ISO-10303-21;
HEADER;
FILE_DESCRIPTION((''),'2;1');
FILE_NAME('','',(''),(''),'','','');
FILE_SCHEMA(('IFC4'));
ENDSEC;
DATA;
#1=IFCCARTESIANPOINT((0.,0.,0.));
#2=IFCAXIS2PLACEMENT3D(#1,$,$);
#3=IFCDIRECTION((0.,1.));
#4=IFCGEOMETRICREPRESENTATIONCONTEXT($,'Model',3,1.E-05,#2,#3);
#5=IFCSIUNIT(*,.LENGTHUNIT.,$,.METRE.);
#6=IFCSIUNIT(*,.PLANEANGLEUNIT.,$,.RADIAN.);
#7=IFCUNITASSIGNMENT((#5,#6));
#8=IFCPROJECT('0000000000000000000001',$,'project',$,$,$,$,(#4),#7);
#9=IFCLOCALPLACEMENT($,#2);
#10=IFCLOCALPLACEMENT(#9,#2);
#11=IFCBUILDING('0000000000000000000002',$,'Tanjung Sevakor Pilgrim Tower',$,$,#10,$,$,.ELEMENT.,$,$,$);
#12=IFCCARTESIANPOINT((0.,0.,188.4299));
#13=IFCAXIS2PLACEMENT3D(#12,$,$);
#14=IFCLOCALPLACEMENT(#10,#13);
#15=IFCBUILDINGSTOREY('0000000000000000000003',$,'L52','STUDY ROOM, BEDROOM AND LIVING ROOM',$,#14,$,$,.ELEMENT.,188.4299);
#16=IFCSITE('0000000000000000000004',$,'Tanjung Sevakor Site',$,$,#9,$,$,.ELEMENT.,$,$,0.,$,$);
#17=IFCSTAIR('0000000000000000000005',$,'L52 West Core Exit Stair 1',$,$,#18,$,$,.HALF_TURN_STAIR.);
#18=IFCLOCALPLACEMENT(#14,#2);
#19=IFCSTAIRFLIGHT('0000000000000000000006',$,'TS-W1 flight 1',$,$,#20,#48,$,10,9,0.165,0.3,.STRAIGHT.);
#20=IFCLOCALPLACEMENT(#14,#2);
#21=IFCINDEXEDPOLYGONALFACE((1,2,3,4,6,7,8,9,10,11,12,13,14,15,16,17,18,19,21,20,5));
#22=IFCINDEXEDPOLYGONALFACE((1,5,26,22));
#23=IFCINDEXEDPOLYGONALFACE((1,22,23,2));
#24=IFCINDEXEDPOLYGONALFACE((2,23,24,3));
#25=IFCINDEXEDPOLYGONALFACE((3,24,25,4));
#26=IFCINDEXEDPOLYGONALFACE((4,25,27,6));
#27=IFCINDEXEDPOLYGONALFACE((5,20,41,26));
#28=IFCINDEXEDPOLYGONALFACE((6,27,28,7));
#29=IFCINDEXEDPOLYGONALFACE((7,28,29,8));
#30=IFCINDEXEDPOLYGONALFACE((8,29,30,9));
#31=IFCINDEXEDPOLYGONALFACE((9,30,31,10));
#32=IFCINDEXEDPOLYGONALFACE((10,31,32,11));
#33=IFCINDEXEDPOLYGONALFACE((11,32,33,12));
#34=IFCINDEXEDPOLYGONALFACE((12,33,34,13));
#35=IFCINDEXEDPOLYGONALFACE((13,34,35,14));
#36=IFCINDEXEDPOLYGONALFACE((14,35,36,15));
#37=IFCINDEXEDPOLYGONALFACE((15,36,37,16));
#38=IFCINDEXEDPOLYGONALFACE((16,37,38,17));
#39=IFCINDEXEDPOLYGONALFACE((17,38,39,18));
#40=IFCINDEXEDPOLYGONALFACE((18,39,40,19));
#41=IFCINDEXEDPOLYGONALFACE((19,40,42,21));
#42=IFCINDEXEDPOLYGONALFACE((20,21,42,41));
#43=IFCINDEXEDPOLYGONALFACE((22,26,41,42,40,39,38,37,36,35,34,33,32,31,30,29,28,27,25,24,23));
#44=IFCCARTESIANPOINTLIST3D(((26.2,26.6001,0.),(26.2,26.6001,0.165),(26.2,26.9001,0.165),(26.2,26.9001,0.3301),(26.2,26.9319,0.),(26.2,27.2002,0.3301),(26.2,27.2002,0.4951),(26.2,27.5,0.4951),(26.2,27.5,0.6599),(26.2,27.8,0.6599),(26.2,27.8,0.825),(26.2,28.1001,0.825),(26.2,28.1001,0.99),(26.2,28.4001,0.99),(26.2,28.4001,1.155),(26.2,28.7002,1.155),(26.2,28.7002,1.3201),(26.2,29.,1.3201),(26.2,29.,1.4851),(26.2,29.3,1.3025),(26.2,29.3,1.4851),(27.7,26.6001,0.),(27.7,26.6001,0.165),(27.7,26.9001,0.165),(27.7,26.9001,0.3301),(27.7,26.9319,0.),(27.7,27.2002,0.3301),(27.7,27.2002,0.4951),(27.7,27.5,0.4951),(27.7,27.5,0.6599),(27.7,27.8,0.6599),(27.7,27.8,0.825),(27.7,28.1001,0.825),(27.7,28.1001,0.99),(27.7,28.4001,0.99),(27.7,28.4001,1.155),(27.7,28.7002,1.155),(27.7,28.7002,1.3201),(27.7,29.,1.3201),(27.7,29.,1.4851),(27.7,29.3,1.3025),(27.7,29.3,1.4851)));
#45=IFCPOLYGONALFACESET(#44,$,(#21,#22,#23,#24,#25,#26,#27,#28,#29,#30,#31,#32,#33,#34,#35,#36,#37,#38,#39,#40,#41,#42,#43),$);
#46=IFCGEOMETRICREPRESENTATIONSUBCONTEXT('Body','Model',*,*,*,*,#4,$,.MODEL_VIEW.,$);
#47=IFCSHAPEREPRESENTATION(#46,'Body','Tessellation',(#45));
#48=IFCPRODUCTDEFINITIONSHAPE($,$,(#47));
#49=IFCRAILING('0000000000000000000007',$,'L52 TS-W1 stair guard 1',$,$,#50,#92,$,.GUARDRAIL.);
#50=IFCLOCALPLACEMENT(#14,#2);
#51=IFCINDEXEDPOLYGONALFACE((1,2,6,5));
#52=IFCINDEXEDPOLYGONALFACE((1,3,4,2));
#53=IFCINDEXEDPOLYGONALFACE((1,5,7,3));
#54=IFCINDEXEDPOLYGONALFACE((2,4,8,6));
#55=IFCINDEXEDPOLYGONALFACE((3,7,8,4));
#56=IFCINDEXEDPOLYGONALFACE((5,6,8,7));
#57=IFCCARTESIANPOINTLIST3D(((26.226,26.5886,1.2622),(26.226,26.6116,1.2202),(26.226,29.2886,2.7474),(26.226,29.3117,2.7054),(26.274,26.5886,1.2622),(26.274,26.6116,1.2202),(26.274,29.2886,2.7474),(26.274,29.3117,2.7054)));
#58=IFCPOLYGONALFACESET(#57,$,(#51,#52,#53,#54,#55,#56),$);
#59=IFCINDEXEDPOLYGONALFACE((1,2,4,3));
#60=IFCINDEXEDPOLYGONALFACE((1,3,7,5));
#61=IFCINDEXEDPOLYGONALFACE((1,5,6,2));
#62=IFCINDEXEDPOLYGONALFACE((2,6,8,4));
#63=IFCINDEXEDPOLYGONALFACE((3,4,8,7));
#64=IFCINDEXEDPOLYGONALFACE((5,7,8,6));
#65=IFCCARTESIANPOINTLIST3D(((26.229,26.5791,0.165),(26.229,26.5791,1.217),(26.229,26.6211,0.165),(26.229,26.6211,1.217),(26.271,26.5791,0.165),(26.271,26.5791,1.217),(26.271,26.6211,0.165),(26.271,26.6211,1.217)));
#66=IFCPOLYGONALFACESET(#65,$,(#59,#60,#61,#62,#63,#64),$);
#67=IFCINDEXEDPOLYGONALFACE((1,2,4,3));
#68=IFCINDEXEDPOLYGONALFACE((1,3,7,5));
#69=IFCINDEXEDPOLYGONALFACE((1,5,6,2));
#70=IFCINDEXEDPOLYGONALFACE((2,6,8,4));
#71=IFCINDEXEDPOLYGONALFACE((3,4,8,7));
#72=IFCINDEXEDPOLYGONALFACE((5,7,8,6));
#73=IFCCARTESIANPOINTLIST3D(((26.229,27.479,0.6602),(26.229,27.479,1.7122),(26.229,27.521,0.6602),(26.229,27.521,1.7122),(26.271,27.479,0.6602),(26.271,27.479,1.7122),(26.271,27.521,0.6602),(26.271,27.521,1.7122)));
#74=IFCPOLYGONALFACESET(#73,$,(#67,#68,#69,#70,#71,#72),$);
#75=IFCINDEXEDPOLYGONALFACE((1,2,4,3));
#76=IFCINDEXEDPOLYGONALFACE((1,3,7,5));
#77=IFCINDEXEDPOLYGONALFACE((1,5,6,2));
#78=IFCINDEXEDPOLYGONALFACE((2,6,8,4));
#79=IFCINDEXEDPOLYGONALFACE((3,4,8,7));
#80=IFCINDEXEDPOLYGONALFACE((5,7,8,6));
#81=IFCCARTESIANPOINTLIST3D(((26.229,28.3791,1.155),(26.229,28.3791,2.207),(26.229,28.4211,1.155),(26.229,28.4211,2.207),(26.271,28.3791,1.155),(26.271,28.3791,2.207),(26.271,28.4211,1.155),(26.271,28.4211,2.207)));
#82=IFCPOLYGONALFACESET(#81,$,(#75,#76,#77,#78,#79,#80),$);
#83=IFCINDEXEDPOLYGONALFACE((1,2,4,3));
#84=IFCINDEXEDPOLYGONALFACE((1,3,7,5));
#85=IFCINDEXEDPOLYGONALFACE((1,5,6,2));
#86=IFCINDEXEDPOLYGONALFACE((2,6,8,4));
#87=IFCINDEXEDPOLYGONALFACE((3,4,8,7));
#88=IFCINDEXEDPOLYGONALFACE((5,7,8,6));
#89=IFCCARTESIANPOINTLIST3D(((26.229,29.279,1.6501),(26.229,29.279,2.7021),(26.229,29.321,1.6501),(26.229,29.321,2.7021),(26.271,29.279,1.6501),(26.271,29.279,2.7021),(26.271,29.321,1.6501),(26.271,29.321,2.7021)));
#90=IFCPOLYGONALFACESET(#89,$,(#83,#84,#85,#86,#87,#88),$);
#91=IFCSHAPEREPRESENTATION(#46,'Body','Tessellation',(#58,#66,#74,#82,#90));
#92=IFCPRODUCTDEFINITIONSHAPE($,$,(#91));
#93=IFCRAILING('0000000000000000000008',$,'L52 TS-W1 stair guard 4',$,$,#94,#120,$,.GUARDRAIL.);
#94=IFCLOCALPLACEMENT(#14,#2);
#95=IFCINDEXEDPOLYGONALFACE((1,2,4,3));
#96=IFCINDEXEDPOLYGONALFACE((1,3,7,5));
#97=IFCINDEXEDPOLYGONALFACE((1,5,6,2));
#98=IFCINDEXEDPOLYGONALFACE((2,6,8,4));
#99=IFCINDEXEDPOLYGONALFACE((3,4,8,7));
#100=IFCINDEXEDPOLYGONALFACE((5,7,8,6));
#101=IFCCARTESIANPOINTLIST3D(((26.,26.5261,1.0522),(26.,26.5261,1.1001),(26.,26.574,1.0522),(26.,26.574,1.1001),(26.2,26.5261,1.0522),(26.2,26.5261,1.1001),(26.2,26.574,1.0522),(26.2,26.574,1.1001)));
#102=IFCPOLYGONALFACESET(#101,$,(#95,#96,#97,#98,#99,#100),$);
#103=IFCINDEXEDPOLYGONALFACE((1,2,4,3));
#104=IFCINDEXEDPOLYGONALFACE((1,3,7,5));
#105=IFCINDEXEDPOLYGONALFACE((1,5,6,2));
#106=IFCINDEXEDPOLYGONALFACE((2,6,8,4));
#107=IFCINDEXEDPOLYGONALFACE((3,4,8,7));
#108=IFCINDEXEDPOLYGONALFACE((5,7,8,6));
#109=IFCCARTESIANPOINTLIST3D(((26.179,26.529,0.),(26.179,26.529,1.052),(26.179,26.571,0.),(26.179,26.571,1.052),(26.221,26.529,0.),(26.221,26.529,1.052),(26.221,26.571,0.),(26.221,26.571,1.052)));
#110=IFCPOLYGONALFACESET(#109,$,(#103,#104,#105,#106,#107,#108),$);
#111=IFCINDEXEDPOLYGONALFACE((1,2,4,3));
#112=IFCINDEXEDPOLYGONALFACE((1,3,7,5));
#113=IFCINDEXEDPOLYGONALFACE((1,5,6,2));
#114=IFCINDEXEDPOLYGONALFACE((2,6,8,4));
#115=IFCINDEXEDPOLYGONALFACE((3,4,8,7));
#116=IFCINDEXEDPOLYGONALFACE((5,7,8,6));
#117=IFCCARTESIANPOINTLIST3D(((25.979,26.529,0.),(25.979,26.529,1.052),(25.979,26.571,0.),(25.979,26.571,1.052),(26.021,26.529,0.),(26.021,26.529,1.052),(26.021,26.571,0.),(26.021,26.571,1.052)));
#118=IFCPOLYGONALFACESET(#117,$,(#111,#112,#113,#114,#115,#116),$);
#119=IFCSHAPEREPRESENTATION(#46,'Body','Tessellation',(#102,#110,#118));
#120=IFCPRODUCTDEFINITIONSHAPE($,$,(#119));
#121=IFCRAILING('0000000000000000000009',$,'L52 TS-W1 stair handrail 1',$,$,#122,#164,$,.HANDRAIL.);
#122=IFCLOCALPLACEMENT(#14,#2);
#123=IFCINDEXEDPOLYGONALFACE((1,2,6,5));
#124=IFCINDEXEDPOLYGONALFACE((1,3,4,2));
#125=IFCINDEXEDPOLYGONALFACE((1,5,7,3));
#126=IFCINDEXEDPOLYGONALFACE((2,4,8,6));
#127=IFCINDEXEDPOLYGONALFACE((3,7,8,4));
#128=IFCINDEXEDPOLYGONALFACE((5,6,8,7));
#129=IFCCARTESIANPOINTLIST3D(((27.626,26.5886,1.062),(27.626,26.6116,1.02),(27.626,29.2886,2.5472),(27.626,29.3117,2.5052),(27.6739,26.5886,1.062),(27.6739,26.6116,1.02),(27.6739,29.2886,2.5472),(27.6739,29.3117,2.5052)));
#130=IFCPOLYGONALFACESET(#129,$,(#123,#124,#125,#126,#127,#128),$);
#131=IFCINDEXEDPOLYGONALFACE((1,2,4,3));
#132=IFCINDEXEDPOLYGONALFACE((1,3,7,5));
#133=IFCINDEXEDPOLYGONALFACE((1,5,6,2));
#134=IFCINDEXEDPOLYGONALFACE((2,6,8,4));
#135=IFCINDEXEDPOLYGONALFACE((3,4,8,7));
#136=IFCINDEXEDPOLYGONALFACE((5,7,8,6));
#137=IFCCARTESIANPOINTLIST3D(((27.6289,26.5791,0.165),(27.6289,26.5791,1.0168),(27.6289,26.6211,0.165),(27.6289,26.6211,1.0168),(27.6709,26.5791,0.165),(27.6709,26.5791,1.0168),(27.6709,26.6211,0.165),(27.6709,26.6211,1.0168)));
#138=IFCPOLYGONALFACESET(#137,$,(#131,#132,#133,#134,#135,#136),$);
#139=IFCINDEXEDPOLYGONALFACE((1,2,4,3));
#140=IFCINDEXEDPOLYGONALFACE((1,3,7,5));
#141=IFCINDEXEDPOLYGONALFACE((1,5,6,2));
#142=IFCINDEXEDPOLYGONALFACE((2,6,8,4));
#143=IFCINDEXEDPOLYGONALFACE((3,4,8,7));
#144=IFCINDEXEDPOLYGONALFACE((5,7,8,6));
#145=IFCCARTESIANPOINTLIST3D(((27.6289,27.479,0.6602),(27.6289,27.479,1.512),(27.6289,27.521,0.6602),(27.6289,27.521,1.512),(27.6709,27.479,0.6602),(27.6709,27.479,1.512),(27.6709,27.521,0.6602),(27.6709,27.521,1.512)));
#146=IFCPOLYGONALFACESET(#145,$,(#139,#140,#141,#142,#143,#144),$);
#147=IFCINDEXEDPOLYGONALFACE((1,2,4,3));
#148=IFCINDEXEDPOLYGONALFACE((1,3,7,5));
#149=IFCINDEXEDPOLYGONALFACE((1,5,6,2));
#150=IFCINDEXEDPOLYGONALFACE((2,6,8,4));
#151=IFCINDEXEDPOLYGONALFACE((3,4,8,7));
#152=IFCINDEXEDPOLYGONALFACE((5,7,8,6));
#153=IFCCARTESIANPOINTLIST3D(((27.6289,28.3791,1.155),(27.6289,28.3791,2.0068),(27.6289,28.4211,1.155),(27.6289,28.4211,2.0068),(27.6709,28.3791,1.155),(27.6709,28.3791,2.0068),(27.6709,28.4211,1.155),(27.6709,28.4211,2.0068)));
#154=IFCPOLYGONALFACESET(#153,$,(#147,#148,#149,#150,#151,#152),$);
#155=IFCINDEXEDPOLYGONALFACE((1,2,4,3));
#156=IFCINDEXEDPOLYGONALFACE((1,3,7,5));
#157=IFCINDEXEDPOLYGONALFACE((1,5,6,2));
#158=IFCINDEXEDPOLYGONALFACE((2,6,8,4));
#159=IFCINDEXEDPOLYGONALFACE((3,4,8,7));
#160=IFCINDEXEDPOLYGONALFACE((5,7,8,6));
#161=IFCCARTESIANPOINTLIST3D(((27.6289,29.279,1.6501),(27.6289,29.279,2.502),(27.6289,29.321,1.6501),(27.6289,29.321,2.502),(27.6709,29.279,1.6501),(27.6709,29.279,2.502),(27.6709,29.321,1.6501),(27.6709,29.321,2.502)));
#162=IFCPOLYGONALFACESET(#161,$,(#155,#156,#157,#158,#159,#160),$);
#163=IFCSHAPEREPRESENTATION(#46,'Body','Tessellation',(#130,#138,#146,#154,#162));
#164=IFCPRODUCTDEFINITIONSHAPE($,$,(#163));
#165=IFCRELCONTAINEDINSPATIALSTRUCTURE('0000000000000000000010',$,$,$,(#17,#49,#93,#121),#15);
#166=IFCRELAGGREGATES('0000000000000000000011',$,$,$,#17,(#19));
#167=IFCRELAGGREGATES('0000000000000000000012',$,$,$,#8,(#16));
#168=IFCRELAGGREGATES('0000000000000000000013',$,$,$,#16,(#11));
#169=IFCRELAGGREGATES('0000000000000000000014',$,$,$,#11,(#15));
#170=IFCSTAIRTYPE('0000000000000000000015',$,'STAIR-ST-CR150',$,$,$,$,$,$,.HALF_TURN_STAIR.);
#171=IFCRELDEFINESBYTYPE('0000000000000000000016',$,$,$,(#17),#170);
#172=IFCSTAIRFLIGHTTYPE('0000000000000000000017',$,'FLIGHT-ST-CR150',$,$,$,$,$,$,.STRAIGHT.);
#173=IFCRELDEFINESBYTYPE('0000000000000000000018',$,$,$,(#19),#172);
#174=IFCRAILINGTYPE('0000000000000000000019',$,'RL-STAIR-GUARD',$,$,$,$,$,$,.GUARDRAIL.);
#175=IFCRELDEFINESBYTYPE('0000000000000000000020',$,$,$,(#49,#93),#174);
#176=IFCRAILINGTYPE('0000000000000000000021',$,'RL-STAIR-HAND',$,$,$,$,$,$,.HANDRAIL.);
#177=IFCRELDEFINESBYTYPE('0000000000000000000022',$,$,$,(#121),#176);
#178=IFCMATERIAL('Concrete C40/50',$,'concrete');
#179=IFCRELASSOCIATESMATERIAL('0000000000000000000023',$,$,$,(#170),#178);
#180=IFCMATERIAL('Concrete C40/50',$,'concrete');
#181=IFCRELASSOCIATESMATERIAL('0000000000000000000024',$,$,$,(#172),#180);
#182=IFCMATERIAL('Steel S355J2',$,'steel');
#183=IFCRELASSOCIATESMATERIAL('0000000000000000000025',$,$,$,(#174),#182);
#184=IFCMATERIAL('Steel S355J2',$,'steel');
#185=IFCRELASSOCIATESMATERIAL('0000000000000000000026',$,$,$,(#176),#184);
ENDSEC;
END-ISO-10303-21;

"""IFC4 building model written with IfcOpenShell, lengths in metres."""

from ifc_helpers import new_model, si_unit, direction, frame, origin, place, context, subcontext, project, spatial, polyline, rectangle, outline, extrude, material, type_object, element, aggregate, save


model = new_model("IFC4")

# Units and contexts
model_context = context("Model", 3, precision=1e-05, world=origin(), true_north=direction((0.0, 1.0)))
body_context = subcontext(model_context, "Body", "Model", "MODEL_VIEW")
ifc_project = project(units=[si_unit("LENGTHUNIT", "METRE"), si_unit("PLANEANGLEUNIT", "RADIAN")], contexts=[model_context])

# Site, building, storey
site_placement = place(None, origin())
site = spatial("IfcSite", under=ifc_project, at=site_placement, Name="Tanjung Sevakor Site", CompositionType="ELEMENT", RefElevation=0.0)
building_placement = place(site_placement, origin())
building = spatial("IfcBuilding", under=site, at=building_placement, Name="Tanjung Sevakor Pilgrim Tower", CompositionType="ELEMENT")
storey_placement = place(building_placement, frame((0.0, 0.0, 188.4299)))
storey = spatial("IfcBuildingStorey", under=building, at=storey_placement, Name="L52", Description="STUDY ROOM, BEDROOM AND LIVING ROOM", CompositionType="ELEMENT", Elevation=188.4299)

# Stair, stair flight
ifc_material_1 = material(Name="Concrete C40/50", Category="concrete")
stair_type = type_object("IfcStairType", Name="STAIR-ST-CR150", PredefinedType="HALF_TURN_STAIR", material=ifc_material_1)
stair_placement = place(storey_placement, origin())
stair = element("IfcStair", 1, at=stair_placement, inside=storey, type_object=stair_type, Name="L52 West Core Exit Stair 1", PredefinedType="HALF_TURN_STAIR")
ifc_material_2 = material(Name="Concrete C40/50", Category="concrete")
stair_flight_type = type_object("IfcStairFlightType", Name="FLIGHT-ST-CR150", PredefinedType="STRAIGHT", material=ifc_material_2)
stair_flight_placement = place(storey_placement, frame((26.95, 26.6001, 0.0), z_axis=(0.0, 0.0, 1.0), x_axis=(0.0, 1.0, 0.0)))
stair_flight = element("IfcStairFlight", 2, at=stair_flight_placement, type_object=stair_flight_type, Name="TS-W1 flight 1", NumberOfRisers=10, NumberOfTreads=9, PredefinedType="STRAIGHT", RiserHeight=0.165, TreadLength=0.3, context=body_context, shape_type="SweptSolid", body=[
    extrude(outline(polyline([(0.0, 0.0), (0.0, 0.165), (0.3, 0.165), (0.3, 0.3301), (0.6001, 0.3301), (0.6001, 0.4951), (0.8999, 0.4951), (0.8999, 0.6599), (1.2, 0.6599), (1.2, 0.825), (1.5, 0.825), (1.5, 0.99), (1.8, 0.99), (1.8, 1.155), (2.1001, 1.155), (2.1001, 1.3201), (2.3999, 1.3201), (2.3999, 1.4851), (2.7, 1.4851), (2.7, 1.6499), (2.7, 1.3025), (0.3318, 0.0), (0.0, 0.0)])), frame((0.0, 0.75, 0.0), z_axis=(0.0, -1.0, 0.0), x_axis=(1.0, 0.0, 0.0)), (0.0, 0.0, 1.0), 1.5),
])
aggregate(stair, [stair_flight])

# Railings
ifc_material_3 = material(Name="Steel S355J2", Category="steel")
railing_type_1 = type_object("IfcRailingType", Name="RL-STAIR-GUARD", PredefinedType="GUARDRAIL", material=ifc_material_3)
railing_1_placement = place(storey_placement, frame((26.25, 26.6001, 0.165)))
element("IfcRailing", 3, at=railing_1_placement, inside=storey, type_object=railing_type_1, Name="L52 TS-W1 stair guard 1", PredefinedType="GUARDRAIL", context=body_context, shape_type="SweptSolid", body=[
    extrude(rectangle(XDim=0.0479, YDim=0.0479), frame((0.0, 0.0, 1.0762), z_axis=(0.0, 0.876198, 0.481952), x_axis=(-1.0, 0.0, 0.0)), (0.0, 0.0, 1.0), 3.0815),
    extrude(rectangle(XDim=0.042, YDim=0.042), origin(), (0.0, 0.0, 1.0), 1.052),
    extrude(rectangle(XDim=0.042, YDim=0.042), frame((0.0, 0.8999, 0.4951)), (0.0, 0.0, 1.0), 1.052),
    extrude(rectangle(XDim=0.042, YDim=0.042), frame((0.0, 1.8, 0.99)), (0.0, 0.0, 1.0), 1.052),
    extrude(rectangle(XDim=0.042, YDim=0.042), frame((0.0, 2.7, 1.4851)), (0.0, 0.0, 1.0), 1.052),
])
railing_2_placement = place(storey_placement, frame((26.2, 26.55, 0.0)))
element("IfcRailing", 4, at=railing_2_placement, inside=storey, type_object=railing_type_1, Name="L52 TS-W1 stair guard 4", PredefinedType="GUARDRAIL", context=body_context, shape_type="SweptSolid", body=[
    extrude(rectangle(XDim=0.0479, YDim=0.0479), frame((0.0, 0.0, 1.0762), z_axis=(-1.0, 0.0, 0.0), x_axis=(0.0, -1.0, 0.0)), (0.0, 0.0, 1.0), 0.2),
    extrude(rectangle(XDim=0.042, YDim=0.042), origin(), (0.0, 0.0, 1.0), 1.052),
    extrude(rectangle(XDim=0.042, YDim=0.042), frame((-0.2, 0.0, 0.0)), (0.0, 0.0, 1.0), 1.052),
])
ifc_material_4 = material(Name="Steel S355J2", Category="steel")
railing_type_2 = type_object("IfcRailingType", Name="RL-STAIR-HAND", PredefinedType="HANDRAIL", material=ifc_material_4)
railing_3_placement = place(storey_placement, frame((27.6499, 26.6001, 0.165)))
element("IfcRailing", 5, at=railing_3_placement, inside=storey, type_object=railing_type_2, Name="L52 TS-W1 stair handrail 1", PredefinedType="HANDRAIL", context=body_context, shape_type="SweptSolid", body=[
    extrude(rectangle(XDim=0.0479, YDim=0.0479), frame((0.0, 0.0, 0.876), z_axis=(0.0, 0.876198, 0.481952), x_axis=(-1.0, 0.0, 0.0)), (0.0, 0.0, 1.0), 3.0815),
    extrude(rectangle(XDim=0.042, YDim=0.042), origin(), (0.0, 0.0, 1.0), 0.8518),
    extrude(rectangle(XDim=0.042, YDim=0.042), frame((0.0, 0.8999, 0.4951)), (0.0, 0.0, 1.0), 0.8518),
    extrude(rectangle(XDim=0.042, YDim=0.042), frame((0.0, 1.8, 0.99)), (0.0, 0.0, 1.0), 0.8518),
    extrude(rectangle(XDim=0.042, YDim=0.042), frame((0.0, 2.7, 1.4851)), (0.0, 0.0, 1.0), 0.8518),
])

save(model, "model.ifc")
